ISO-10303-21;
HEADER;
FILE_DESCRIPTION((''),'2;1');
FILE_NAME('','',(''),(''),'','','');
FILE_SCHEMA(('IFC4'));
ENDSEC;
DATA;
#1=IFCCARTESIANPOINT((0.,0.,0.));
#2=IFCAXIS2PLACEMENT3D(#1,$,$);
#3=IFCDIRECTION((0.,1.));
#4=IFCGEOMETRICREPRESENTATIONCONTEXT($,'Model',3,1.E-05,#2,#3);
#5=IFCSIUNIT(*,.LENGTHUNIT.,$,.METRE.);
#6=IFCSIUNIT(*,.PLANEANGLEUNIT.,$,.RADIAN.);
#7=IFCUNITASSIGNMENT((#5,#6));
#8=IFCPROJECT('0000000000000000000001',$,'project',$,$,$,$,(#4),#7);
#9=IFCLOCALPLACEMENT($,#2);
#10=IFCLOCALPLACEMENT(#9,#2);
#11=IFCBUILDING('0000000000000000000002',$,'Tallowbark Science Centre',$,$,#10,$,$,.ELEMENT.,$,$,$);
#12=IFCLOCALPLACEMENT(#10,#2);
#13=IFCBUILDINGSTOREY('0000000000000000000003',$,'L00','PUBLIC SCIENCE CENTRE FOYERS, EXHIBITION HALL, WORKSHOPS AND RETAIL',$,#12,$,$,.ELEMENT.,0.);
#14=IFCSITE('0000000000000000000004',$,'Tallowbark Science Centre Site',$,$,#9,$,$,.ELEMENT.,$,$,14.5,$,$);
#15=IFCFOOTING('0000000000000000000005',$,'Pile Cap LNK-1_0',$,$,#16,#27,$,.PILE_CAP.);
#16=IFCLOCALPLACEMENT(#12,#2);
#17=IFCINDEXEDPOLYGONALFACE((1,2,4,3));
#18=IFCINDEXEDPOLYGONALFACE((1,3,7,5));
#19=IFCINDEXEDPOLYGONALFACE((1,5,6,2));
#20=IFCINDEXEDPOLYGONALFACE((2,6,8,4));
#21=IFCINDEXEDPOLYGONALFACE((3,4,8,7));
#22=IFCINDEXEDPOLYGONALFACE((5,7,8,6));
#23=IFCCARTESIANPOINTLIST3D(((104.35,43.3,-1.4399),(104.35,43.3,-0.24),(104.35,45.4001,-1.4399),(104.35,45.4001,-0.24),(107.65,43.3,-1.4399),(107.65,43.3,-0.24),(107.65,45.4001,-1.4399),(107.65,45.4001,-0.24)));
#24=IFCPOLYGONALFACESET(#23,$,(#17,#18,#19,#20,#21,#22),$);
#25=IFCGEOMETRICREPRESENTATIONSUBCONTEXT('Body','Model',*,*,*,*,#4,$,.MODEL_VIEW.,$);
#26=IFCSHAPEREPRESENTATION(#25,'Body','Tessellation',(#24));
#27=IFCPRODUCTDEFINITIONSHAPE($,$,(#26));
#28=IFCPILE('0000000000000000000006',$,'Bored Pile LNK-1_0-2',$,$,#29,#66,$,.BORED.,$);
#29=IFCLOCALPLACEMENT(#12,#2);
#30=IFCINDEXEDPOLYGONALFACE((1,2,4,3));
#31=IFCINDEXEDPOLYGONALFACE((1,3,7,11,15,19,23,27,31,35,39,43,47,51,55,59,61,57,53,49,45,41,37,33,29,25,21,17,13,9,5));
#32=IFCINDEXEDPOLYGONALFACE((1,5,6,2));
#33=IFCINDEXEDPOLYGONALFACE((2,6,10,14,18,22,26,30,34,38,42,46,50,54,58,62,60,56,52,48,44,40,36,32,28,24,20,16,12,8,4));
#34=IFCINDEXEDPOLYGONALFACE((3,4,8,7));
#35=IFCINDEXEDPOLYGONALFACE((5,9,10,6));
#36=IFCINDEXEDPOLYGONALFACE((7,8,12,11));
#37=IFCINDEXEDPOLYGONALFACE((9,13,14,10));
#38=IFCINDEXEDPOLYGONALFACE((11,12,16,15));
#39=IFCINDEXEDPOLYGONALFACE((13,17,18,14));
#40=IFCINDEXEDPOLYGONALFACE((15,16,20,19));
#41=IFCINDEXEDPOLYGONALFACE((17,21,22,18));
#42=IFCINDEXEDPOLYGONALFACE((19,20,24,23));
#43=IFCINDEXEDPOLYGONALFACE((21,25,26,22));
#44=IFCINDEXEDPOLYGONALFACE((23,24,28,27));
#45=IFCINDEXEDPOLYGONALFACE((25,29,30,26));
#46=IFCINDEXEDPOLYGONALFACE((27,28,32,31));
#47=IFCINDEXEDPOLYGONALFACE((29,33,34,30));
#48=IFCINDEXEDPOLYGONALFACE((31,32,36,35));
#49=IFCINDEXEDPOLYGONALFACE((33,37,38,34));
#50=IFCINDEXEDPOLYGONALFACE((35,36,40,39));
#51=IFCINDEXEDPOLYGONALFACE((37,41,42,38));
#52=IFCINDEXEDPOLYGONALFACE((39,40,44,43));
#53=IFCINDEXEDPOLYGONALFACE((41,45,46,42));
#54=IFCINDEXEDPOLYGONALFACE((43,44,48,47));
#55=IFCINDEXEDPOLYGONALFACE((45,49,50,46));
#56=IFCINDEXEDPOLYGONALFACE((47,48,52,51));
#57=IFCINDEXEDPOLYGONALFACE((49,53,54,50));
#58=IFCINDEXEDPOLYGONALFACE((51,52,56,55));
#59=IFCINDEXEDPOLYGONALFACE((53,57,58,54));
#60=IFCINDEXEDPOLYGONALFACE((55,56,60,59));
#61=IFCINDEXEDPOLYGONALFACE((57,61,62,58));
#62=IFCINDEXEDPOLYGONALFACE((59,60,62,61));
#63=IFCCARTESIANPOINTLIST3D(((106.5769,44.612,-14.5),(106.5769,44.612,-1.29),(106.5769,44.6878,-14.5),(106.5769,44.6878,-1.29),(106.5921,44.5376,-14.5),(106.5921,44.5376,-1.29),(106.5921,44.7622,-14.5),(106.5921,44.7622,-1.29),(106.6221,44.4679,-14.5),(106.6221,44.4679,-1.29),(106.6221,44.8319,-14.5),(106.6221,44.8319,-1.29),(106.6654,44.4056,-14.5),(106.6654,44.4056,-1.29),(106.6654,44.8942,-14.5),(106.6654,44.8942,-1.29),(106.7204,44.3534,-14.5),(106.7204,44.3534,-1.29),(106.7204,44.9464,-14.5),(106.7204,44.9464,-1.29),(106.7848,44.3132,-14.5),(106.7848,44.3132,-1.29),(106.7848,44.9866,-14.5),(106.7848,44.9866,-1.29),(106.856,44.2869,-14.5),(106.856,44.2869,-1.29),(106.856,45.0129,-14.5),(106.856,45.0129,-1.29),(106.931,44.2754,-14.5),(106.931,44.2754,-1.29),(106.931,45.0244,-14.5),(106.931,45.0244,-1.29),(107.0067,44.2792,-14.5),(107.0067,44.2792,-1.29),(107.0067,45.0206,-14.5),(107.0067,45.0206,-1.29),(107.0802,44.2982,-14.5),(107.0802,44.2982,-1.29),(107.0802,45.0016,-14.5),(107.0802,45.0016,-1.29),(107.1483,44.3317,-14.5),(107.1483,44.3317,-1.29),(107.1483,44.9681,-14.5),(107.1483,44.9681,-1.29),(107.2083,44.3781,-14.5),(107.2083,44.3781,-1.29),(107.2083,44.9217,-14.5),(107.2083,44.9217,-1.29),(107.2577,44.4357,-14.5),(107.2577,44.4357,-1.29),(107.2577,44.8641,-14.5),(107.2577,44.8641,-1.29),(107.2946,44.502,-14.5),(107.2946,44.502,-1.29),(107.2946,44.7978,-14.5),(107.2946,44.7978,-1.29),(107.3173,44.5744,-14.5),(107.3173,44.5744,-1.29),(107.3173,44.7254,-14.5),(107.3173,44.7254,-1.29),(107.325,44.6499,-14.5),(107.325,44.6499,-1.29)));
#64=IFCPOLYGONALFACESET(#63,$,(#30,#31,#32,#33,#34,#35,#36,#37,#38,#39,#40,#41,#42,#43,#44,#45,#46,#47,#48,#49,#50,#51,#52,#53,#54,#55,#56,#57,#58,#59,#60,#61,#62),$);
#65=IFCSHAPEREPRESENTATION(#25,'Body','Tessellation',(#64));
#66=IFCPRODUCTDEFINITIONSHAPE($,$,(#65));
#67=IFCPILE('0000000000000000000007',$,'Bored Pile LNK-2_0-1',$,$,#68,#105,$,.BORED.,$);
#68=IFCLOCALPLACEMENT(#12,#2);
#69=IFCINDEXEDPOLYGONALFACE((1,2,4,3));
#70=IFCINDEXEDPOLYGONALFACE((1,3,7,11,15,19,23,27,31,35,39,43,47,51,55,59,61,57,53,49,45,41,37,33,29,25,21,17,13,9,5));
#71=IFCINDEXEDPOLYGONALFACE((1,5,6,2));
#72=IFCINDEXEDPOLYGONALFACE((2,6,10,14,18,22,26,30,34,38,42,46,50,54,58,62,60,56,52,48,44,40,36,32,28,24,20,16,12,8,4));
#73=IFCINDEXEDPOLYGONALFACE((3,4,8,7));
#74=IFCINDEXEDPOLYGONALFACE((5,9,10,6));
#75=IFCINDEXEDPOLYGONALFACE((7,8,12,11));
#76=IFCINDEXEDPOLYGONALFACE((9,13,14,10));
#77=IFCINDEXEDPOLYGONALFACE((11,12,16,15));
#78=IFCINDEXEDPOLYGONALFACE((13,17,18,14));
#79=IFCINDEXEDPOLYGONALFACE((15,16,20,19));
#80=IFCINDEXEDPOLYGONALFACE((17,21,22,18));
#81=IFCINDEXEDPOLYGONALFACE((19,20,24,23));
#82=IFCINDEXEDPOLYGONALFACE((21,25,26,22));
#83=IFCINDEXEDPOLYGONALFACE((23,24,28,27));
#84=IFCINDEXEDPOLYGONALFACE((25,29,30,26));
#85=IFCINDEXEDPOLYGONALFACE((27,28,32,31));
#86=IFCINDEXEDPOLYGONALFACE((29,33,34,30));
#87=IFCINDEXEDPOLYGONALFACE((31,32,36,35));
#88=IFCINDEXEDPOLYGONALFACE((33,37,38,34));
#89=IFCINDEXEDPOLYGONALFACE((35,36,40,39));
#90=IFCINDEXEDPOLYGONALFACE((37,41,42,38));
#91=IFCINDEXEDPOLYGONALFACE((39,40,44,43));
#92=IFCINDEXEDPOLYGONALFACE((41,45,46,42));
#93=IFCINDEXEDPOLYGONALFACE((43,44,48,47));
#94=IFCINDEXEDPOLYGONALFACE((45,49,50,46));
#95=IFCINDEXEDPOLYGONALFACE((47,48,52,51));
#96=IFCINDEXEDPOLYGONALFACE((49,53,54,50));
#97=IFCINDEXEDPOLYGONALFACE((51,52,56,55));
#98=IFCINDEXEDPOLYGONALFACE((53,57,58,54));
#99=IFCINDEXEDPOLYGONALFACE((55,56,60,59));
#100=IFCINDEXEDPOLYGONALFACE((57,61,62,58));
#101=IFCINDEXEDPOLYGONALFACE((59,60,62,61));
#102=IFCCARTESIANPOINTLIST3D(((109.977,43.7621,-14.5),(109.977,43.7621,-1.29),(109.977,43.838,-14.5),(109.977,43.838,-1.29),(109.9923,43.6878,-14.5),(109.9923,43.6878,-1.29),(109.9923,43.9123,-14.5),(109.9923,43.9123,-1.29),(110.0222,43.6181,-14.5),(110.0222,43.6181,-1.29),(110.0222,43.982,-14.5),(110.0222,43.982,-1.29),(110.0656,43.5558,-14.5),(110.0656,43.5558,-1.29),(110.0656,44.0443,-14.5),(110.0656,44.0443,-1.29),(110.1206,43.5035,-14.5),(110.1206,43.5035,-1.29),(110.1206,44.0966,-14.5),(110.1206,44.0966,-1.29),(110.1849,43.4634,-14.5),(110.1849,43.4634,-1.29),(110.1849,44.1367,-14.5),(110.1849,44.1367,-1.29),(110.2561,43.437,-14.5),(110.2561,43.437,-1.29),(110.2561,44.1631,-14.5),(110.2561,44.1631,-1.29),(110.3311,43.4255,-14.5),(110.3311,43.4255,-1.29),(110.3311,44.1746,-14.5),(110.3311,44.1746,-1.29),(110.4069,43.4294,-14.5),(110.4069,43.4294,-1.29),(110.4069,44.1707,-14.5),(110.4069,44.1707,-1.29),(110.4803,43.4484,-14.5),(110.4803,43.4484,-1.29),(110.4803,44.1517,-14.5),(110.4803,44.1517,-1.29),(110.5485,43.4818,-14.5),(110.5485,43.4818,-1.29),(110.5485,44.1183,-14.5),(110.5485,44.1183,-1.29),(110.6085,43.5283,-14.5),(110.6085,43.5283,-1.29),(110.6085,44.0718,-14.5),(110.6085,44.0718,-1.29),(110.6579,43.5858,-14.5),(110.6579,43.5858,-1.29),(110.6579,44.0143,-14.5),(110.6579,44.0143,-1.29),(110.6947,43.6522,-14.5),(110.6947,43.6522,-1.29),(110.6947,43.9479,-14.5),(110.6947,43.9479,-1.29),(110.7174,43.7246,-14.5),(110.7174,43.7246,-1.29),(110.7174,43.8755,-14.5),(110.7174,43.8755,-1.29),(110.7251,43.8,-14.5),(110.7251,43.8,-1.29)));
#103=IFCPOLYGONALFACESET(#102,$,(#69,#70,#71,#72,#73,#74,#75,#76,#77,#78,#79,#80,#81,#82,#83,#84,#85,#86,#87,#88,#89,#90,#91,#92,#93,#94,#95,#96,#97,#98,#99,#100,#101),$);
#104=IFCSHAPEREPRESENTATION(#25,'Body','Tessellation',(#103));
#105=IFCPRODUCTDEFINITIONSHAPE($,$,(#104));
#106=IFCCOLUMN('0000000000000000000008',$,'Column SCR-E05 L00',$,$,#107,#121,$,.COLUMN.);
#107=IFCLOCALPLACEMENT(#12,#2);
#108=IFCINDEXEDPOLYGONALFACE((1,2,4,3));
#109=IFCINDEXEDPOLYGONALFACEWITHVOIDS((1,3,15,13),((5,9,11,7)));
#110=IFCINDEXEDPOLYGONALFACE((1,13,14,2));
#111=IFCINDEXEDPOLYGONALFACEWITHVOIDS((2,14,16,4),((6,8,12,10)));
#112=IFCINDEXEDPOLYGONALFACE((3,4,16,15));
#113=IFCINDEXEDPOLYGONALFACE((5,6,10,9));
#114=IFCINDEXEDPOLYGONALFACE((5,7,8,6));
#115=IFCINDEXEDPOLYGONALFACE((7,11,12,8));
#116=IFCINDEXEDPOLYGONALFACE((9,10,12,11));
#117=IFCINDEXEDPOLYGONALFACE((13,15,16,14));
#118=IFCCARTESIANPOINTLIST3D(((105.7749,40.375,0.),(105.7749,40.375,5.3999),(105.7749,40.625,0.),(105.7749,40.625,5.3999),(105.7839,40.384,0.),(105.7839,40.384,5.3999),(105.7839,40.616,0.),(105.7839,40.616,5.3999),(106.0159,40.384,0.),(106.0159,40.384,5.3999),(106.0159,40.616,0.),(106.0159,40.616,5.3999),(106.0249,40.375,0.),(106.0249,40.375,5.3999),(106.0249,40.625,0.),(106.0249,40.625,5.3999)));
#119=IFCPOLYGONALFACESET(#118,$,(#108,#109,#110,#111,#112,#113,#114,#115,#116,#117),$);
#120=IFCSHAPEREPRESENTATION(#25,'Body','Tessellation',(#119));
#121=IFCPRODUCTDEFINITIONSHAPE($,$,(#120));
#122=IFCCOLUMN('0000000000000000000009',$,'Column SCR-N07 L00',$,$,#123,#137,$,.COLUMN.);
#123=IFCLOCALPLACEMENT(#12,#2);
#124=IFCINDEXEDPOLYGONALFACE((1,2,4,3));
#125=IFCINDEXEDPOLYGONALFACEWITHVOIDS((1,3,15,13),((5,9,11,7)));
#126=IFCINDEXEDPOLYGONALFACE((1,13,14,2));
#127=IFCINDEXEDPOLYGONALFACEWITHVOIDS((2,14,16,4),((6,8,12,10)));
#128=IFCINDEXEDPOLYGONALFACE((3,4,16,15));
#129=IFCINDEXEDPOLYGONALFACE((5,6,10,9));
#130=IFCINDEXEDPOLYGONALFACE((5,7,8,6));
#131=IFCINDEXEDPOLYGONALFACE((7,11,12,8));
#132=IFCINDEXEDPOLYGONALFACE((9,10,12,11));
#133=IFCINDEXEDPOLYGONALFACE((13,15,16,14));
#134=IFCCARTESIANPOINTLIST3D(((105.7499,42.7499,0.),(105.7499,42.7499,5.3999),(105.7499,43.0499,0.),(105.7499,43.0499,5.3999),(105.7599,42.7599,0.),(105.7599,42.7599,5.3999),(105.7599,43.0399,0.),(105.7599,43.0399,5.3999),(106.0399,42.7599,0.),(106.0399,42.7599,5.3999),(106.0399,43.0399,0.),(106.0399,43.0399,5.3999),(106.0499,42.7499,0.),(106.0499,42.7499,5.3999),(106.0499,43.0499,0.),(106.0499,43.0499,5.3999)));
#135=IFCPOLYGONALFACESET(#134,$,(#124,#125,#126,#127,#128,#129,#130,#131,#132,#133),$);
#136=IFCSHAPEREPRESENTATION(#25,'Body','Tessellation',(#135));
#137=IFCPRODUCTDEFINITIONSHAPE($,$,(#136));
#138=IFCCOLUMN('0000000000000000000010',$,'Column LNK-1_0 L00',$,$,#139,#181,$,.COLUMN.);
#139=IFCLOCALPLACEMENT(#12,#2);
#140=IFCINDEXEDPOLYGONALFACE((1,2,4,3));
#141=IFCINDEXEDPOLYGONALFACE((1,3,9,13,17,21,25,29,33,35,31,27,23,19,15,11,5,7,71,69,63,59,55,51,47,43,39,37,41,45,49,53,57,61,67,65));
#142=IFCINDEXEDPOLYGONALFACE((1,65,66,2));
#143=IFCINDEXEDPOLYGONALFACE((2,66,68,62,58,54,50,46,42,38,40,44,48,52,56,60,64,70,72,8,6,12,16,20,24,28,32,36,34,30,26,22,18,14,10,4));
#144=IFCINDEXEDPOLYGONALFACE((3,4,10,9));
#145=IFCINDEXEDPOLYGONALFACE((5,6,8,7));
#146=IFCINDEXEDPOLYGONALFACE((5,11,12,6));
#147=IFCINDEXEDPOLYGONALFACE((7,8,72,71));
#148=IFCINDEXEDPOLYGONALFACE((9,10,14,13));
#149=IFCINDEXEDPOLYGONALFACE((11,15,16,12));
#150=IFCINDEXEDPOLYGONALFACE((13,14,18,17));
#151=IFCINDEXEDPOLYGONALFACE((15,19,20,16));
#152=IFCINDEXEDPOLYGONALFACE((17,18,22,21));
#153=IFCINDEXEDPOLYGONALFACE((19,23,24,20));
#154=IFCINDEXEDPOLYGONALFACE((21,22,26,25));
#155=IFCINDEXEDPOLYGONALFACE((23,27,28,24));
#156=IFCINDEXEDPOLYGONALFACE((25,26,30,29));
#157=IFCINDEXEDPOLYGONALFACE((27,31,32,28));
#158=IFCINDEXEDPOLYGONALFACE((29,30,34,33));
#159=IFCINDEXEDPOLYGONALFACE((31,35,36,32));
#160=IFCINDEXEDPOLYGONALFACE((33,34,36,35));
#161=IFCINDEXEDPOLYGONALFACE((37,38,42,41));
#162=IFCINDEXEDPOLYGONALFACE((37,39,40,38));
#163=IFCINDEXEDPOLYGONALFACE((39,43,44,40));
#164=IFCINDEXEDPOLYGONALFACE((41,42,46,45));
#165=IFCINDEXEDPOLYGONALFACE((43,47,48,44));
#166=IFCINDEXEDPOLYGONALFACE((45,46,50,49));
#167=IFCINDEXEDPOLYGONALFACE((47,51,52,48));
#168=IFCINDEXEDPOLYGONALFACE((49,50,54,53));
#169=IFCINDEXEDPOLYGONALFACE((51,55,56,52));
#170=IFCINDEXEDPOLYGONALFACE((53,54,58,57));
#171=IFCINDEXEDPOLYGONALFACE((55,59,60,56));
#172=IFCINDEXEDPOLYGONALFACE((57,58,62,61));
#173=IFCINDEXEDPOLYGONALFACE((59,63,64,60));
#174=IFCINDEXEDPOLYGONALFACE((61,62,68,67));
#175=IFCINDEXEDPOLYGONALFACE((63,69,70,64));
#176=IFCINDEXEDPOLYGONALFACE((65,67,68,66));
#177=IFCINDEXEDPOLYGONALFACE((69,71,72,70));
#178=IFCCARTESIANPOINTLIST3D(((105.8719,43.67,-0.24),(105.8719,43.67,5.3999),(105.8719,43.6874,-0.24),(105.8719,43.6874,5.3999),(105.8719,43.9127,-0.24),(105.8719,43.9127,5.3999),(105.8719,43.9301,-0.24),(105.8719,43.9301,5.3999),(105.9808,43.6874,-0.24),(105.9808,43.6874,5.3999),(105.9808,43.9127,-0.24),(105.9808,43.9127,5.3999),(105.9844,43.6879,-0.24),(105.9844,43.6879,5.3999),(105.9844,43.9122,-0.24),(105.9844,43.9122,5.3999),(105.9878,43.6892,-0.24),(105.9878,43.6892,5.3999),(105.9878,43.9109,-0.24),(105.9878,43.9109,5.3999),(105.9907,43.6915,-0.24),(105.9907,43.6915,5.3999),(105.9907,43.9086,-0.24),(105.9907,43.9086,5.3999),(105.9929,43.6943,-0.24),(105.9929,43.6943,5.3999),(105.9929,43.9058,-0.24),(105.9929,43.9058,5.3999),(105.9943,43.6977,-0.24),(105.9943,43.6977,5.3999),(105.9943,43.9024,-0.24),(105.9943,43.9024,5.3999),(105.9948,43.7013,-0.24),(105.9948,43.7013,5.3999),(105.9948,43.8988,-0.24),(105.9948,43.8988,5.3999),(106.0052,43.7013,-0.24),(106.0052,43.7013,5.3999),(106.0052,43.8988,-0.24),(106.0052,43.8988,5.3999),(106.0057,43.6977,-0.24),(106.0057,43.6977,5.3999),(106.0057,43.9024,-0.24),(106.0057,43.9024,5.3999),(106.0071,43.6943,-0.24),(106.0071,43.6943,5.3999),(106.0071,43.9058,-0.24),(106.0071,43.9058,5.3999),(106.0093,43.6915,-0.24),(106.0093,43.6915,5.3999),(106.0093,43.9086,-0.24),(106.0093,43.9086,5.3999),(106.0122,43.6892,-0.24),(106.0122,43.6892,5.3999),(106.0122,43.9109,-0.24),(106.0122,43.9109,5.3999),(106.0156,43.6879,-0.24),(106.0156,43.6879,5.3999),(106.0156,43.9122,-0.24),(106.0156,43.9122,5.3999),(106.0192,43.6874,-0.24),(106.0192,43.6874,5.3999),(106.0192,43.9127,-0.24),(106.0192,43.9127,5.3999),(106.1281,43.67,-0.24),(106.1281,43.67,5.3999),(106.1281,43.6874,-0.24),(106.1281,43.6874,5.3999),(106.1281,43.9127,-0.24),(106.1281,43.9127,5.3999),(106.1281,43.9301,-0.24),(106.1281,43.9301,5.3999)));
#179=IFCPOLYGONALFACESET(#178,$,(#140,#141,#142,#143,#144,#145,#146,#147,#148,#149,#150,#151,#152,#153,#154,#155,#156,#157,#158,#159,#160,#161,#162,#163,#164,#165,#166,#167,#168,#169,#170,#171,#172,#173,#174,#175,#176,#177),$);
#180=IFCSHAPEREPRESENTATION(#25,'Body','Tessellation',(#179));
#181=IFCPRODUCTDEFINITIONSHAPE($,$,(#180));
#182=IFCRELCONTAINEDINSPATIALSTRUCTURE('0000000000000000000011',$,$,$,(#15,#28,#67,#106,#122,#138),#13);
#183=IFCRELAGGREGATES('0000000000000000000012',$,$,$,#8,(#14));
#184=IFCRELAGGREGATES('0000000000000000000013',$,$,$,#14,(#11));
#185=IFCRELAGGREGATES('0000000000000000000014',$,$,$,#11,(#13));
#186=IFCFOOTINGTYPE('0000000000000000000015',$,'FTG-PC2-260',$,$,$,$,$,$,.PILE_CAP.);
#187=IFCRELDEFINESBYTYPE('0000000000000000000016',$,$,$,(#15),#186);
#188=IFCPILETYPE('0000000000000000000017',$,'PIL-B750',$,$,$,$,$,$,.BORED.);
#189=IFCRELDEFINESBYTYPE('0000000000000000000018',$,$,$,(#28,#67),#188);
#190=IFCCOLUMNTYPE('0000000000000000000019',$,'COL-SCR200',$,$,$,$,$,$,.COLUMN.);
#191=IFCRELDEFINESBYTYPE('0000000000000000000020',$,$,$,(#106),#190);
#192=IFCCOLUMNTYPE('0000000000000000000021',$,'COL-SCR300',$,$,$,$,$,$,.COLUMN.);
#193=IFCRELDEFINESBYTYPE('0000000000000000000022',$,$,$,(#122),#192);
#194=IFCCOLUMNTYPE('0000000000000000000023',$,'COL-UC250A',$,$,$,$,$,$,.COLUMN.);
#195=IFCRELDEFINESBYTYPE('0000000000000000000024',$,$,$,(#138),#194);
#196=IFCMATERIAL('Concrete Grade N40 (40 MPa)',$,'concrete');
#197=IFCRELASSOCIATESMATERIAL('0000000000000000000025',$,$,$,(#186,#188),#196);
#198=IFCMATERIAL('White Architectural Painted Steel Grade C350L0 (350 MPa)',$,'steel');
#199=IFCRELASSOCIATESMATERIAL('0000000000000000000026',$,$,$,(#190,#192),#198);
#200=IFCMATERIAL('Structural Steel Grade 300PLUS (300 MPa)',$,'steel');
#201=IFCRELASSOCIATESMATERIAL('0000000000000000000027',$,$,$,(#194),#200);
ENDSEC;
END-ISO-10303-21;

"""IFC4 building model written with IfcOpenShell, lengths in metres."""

from ifc_helpers import new_model, si_unit, direction, frame, origin, origin_2d, place, context, subcontext, project, spatial, rectangle, hollow_rectangle, circle, i_section, extrude, material, material_profile, profile_set, type_object, element, save


model = new_model("IFC4")

# Units and contexts
model_context = context("Model", 3, precision=1e-05, world=origin(), true_north=direction((0.0, 1.0)))
body_context = subcontext(model_context, "Body", "Model", "MODEL_VIEW")
ifc_project = project(units=[si_unit("LENGTHUNIT", "METRE"), si_unit("PLANEANGLEUNIT", "RADIAN")], contexts=[model_context])

# Site, building, storey
site_placement = place(None, origin())
site = spatial("IfcSite", under=ifc_project, at=site_placement, Name="Tallowbark Science Centre Site", CompositionType="ELEMENT", RefElevation=14.5)
building_placement = place(site_placement, origin())
building = spatial("IfcBuilding", under=site, at=building_placement, Name="Tallowbark Science Centre", CompositionType="ELEMENT")
storey_placement = place(building_placement, origin())
storey = spatial("IfcBuildingStorey", under=building, at=storey_placement, Name="L00", Description="PUBLIC SCIENCE CENTRE FOYERS, EXHIBITION HALL, WORKSHOPS AND RETAIL", CompositionType="ELEMENT", Elevation=0.0)

# Footing
ifc_material_1 = material(Name="Concrete Grade N40 (40 MPa)", Category="concrete")
footing_type = type_object("IfcFootingType", Name="FTG-PC2-260", PredefinedType="PILE_CAP", material=ifc_material_1)
footing_placement = place(storey_placement, frame((106.0, 44.3501, -1.4399), z_axis=(0.0, 0.0, 1.0), x_axis=(1.0, 0.0, 0.0)))
element("IfcFooting", 1, at=footing_placement, inside=storey, type_object=footing_type, Name="Pile Cap LNK-1_0", PredefinedType="PILE_CAP", context=body_context, shape_type="SweptSolid", body=[
    extrude(rectangle(XDim=3.3, YDim=2.1001, at=origin_2d()), origin(), (0.0, 0.0, 1.0), 1.2),
])

# Piles
ifc_material_profile_1 = material_profile(ifc_material_1, circle(Radius=0.375, at=origin_2d()), Name="PILE750")
ifc_profile_set_1 = profile_set([ifc_material_profile_1], Name="Concrete Grade N40 (40 MPa)")
pile_type = type_object("IfcPileType", Name="PIL-B750", PredefinedType="BORED", material=ifc_profile_set_1)
for number, where, z_axis, x_axis, name in (
    (2, (106.95, 44.6499, -1.29), (0.0, 0.0, -1.0), (1.0, 0.0, 0.0), "Bored Pile LNK-1_0-2"),
    (3, (110.3501, 43.8, -1.29), (0.0, 0.0, -1.0), (1.0, 0.0, 0.0), "Bored Pile LNK-2_0-1"),
):
    element("IfcPile", number, at=place(storey_placement, frame(where, z_axis=z_axis, x_axis=x_axis)), inside=storey, type_object=pile_type, Name=name, PredefinedType="BORED", context=body_context, shape_type="SweptSolid", body=[
        extrude(circle(Radius=0.375, at=origin_2d()), origin(), (0.0, 0.0, 1.0), 13.21),
    ])

# Columns
ifc_material_2 = material(Name="White Architectural Painted Steel Grade C350L0 (350 MPa)", Category="steel")
ifc_material_profile_2 = material_profile(ifc_material_2, hollow_rectangle(XDim=0.25, YDim=0.25, WallThickness=0.009, at=origin_2d()), Name="250x250x9.0SHS")
ifc_profile_set_2 = profile_set([ifc_material_profile_2], Name="White Architectural Painted Steel Grade C350L0 (350 MPa)")
column_type_1 = type_object("IfcColumnType", Name="COL-SCR200", PredefinedType="COLUMN", material=ifc_profile_set_2)
column_1_placement = place(storey_placement, frame((105.8999, 40.5, 0.0), z_axis=(0.0, 0.0, 1.0), x_axis=(1.0, 0.0, 0.0)))
element("IfcColumn", 4, at=column_1_placement, inside=storey, type_object=column_type_1, Name="Column SCR-E05 L00", PredefinedType="COLUMN", context=body_context, shape_type="SweptSolid", body=[
    extrude(hollow_rectangle(XDim=0.25, YDim=0.25, WallThickness=0.009, at=origin_2d()), origin(), (0.0, 0.0, 1.0), 5.3999),
])
ifc_material_profile_3 = material_profile(ifc_material_2, hollow_rectangle(XDim=0.3, YDim=0.3, WallThickness=0.01, at=origin_2d()), Name="300x300x10.0SHS")
ifc_profile_set_3 = profile_set([ifc_material_profile_3], Name="White Architectural Painted Steel Grade C350L0 (350 MPa)")
column_type_2 = type_object("IfcColumnType", Name="COL-SCR300", PredefinedType="COLUMN", material=ifc_profile_set_3)
column_2_placement = place(storey_placement, frame((105.8999, 42.8999, 0.0), z_axis=(0.0, 0.0, 1.0), x_axis=(1.0, 0.0, 0.0)))
element("IfcColumn", 5, at=column_2_placement, inside=storey, type_object=column_type_2, Name="Column SCR-N07 L00", PredefinedType="COLUMN", context=body_context, shape_type="SweptSolid", body=[
    extrude(hollow_rectangle(XDim=0.3, YDim=0.3, WallThickness=0.01, at=origin_2d()), origin(), (0.0, 0.0, 1.0), 5.3999),
])
ifc_material_3 = material(Name="Structural Steel Grade 300PLUS (300 MPa)", Category="steel")
ifc_material_profile_4 = material_profile(ifc_material_3, i_section(OverallWidth=0.2561, OverallDepth=0.26, WebThickness=0.0105, FlangeThickness=0.0173, FilletRadius=0.0139, at=origin_2d()), Name="250UC89.5")
ifc_profile_set_4 = profile_set([ifc_material_profile_4], Name="Structural Steel Grade 300PLUS (300 MPa)")
column_type_3 = type_object("IfcColumnType", Name="COL-UC250A", PredefinedType="COLUMN", material=ifc_profile_set_4)
column_3_placement = place(storey_placement, frame((106.0, 43.8, -0.24), z_axis=(0.0, 0.0, 1.0), x_axis=(1.0, 0.0, 0.0)))
element("IfcColumn", 6, at=column_3_placement, inside=storey, type_object=column_type_3, Name="Column LNK-1_0 L00", PredefinedType="COLUMN", context=body_context, shape_type="SweptSolid", body=[
    extrude(i_section(OverallWidth=0.2561, OverallDepth=0.26, WebThickness=0.0105, FlangeThickness=0.0173, FilletRadius=0.0139, at=origin_2d()), origin(), (0.0, 0.0, 1.0), 5.6399),
])

save(model, "model.ifc")
